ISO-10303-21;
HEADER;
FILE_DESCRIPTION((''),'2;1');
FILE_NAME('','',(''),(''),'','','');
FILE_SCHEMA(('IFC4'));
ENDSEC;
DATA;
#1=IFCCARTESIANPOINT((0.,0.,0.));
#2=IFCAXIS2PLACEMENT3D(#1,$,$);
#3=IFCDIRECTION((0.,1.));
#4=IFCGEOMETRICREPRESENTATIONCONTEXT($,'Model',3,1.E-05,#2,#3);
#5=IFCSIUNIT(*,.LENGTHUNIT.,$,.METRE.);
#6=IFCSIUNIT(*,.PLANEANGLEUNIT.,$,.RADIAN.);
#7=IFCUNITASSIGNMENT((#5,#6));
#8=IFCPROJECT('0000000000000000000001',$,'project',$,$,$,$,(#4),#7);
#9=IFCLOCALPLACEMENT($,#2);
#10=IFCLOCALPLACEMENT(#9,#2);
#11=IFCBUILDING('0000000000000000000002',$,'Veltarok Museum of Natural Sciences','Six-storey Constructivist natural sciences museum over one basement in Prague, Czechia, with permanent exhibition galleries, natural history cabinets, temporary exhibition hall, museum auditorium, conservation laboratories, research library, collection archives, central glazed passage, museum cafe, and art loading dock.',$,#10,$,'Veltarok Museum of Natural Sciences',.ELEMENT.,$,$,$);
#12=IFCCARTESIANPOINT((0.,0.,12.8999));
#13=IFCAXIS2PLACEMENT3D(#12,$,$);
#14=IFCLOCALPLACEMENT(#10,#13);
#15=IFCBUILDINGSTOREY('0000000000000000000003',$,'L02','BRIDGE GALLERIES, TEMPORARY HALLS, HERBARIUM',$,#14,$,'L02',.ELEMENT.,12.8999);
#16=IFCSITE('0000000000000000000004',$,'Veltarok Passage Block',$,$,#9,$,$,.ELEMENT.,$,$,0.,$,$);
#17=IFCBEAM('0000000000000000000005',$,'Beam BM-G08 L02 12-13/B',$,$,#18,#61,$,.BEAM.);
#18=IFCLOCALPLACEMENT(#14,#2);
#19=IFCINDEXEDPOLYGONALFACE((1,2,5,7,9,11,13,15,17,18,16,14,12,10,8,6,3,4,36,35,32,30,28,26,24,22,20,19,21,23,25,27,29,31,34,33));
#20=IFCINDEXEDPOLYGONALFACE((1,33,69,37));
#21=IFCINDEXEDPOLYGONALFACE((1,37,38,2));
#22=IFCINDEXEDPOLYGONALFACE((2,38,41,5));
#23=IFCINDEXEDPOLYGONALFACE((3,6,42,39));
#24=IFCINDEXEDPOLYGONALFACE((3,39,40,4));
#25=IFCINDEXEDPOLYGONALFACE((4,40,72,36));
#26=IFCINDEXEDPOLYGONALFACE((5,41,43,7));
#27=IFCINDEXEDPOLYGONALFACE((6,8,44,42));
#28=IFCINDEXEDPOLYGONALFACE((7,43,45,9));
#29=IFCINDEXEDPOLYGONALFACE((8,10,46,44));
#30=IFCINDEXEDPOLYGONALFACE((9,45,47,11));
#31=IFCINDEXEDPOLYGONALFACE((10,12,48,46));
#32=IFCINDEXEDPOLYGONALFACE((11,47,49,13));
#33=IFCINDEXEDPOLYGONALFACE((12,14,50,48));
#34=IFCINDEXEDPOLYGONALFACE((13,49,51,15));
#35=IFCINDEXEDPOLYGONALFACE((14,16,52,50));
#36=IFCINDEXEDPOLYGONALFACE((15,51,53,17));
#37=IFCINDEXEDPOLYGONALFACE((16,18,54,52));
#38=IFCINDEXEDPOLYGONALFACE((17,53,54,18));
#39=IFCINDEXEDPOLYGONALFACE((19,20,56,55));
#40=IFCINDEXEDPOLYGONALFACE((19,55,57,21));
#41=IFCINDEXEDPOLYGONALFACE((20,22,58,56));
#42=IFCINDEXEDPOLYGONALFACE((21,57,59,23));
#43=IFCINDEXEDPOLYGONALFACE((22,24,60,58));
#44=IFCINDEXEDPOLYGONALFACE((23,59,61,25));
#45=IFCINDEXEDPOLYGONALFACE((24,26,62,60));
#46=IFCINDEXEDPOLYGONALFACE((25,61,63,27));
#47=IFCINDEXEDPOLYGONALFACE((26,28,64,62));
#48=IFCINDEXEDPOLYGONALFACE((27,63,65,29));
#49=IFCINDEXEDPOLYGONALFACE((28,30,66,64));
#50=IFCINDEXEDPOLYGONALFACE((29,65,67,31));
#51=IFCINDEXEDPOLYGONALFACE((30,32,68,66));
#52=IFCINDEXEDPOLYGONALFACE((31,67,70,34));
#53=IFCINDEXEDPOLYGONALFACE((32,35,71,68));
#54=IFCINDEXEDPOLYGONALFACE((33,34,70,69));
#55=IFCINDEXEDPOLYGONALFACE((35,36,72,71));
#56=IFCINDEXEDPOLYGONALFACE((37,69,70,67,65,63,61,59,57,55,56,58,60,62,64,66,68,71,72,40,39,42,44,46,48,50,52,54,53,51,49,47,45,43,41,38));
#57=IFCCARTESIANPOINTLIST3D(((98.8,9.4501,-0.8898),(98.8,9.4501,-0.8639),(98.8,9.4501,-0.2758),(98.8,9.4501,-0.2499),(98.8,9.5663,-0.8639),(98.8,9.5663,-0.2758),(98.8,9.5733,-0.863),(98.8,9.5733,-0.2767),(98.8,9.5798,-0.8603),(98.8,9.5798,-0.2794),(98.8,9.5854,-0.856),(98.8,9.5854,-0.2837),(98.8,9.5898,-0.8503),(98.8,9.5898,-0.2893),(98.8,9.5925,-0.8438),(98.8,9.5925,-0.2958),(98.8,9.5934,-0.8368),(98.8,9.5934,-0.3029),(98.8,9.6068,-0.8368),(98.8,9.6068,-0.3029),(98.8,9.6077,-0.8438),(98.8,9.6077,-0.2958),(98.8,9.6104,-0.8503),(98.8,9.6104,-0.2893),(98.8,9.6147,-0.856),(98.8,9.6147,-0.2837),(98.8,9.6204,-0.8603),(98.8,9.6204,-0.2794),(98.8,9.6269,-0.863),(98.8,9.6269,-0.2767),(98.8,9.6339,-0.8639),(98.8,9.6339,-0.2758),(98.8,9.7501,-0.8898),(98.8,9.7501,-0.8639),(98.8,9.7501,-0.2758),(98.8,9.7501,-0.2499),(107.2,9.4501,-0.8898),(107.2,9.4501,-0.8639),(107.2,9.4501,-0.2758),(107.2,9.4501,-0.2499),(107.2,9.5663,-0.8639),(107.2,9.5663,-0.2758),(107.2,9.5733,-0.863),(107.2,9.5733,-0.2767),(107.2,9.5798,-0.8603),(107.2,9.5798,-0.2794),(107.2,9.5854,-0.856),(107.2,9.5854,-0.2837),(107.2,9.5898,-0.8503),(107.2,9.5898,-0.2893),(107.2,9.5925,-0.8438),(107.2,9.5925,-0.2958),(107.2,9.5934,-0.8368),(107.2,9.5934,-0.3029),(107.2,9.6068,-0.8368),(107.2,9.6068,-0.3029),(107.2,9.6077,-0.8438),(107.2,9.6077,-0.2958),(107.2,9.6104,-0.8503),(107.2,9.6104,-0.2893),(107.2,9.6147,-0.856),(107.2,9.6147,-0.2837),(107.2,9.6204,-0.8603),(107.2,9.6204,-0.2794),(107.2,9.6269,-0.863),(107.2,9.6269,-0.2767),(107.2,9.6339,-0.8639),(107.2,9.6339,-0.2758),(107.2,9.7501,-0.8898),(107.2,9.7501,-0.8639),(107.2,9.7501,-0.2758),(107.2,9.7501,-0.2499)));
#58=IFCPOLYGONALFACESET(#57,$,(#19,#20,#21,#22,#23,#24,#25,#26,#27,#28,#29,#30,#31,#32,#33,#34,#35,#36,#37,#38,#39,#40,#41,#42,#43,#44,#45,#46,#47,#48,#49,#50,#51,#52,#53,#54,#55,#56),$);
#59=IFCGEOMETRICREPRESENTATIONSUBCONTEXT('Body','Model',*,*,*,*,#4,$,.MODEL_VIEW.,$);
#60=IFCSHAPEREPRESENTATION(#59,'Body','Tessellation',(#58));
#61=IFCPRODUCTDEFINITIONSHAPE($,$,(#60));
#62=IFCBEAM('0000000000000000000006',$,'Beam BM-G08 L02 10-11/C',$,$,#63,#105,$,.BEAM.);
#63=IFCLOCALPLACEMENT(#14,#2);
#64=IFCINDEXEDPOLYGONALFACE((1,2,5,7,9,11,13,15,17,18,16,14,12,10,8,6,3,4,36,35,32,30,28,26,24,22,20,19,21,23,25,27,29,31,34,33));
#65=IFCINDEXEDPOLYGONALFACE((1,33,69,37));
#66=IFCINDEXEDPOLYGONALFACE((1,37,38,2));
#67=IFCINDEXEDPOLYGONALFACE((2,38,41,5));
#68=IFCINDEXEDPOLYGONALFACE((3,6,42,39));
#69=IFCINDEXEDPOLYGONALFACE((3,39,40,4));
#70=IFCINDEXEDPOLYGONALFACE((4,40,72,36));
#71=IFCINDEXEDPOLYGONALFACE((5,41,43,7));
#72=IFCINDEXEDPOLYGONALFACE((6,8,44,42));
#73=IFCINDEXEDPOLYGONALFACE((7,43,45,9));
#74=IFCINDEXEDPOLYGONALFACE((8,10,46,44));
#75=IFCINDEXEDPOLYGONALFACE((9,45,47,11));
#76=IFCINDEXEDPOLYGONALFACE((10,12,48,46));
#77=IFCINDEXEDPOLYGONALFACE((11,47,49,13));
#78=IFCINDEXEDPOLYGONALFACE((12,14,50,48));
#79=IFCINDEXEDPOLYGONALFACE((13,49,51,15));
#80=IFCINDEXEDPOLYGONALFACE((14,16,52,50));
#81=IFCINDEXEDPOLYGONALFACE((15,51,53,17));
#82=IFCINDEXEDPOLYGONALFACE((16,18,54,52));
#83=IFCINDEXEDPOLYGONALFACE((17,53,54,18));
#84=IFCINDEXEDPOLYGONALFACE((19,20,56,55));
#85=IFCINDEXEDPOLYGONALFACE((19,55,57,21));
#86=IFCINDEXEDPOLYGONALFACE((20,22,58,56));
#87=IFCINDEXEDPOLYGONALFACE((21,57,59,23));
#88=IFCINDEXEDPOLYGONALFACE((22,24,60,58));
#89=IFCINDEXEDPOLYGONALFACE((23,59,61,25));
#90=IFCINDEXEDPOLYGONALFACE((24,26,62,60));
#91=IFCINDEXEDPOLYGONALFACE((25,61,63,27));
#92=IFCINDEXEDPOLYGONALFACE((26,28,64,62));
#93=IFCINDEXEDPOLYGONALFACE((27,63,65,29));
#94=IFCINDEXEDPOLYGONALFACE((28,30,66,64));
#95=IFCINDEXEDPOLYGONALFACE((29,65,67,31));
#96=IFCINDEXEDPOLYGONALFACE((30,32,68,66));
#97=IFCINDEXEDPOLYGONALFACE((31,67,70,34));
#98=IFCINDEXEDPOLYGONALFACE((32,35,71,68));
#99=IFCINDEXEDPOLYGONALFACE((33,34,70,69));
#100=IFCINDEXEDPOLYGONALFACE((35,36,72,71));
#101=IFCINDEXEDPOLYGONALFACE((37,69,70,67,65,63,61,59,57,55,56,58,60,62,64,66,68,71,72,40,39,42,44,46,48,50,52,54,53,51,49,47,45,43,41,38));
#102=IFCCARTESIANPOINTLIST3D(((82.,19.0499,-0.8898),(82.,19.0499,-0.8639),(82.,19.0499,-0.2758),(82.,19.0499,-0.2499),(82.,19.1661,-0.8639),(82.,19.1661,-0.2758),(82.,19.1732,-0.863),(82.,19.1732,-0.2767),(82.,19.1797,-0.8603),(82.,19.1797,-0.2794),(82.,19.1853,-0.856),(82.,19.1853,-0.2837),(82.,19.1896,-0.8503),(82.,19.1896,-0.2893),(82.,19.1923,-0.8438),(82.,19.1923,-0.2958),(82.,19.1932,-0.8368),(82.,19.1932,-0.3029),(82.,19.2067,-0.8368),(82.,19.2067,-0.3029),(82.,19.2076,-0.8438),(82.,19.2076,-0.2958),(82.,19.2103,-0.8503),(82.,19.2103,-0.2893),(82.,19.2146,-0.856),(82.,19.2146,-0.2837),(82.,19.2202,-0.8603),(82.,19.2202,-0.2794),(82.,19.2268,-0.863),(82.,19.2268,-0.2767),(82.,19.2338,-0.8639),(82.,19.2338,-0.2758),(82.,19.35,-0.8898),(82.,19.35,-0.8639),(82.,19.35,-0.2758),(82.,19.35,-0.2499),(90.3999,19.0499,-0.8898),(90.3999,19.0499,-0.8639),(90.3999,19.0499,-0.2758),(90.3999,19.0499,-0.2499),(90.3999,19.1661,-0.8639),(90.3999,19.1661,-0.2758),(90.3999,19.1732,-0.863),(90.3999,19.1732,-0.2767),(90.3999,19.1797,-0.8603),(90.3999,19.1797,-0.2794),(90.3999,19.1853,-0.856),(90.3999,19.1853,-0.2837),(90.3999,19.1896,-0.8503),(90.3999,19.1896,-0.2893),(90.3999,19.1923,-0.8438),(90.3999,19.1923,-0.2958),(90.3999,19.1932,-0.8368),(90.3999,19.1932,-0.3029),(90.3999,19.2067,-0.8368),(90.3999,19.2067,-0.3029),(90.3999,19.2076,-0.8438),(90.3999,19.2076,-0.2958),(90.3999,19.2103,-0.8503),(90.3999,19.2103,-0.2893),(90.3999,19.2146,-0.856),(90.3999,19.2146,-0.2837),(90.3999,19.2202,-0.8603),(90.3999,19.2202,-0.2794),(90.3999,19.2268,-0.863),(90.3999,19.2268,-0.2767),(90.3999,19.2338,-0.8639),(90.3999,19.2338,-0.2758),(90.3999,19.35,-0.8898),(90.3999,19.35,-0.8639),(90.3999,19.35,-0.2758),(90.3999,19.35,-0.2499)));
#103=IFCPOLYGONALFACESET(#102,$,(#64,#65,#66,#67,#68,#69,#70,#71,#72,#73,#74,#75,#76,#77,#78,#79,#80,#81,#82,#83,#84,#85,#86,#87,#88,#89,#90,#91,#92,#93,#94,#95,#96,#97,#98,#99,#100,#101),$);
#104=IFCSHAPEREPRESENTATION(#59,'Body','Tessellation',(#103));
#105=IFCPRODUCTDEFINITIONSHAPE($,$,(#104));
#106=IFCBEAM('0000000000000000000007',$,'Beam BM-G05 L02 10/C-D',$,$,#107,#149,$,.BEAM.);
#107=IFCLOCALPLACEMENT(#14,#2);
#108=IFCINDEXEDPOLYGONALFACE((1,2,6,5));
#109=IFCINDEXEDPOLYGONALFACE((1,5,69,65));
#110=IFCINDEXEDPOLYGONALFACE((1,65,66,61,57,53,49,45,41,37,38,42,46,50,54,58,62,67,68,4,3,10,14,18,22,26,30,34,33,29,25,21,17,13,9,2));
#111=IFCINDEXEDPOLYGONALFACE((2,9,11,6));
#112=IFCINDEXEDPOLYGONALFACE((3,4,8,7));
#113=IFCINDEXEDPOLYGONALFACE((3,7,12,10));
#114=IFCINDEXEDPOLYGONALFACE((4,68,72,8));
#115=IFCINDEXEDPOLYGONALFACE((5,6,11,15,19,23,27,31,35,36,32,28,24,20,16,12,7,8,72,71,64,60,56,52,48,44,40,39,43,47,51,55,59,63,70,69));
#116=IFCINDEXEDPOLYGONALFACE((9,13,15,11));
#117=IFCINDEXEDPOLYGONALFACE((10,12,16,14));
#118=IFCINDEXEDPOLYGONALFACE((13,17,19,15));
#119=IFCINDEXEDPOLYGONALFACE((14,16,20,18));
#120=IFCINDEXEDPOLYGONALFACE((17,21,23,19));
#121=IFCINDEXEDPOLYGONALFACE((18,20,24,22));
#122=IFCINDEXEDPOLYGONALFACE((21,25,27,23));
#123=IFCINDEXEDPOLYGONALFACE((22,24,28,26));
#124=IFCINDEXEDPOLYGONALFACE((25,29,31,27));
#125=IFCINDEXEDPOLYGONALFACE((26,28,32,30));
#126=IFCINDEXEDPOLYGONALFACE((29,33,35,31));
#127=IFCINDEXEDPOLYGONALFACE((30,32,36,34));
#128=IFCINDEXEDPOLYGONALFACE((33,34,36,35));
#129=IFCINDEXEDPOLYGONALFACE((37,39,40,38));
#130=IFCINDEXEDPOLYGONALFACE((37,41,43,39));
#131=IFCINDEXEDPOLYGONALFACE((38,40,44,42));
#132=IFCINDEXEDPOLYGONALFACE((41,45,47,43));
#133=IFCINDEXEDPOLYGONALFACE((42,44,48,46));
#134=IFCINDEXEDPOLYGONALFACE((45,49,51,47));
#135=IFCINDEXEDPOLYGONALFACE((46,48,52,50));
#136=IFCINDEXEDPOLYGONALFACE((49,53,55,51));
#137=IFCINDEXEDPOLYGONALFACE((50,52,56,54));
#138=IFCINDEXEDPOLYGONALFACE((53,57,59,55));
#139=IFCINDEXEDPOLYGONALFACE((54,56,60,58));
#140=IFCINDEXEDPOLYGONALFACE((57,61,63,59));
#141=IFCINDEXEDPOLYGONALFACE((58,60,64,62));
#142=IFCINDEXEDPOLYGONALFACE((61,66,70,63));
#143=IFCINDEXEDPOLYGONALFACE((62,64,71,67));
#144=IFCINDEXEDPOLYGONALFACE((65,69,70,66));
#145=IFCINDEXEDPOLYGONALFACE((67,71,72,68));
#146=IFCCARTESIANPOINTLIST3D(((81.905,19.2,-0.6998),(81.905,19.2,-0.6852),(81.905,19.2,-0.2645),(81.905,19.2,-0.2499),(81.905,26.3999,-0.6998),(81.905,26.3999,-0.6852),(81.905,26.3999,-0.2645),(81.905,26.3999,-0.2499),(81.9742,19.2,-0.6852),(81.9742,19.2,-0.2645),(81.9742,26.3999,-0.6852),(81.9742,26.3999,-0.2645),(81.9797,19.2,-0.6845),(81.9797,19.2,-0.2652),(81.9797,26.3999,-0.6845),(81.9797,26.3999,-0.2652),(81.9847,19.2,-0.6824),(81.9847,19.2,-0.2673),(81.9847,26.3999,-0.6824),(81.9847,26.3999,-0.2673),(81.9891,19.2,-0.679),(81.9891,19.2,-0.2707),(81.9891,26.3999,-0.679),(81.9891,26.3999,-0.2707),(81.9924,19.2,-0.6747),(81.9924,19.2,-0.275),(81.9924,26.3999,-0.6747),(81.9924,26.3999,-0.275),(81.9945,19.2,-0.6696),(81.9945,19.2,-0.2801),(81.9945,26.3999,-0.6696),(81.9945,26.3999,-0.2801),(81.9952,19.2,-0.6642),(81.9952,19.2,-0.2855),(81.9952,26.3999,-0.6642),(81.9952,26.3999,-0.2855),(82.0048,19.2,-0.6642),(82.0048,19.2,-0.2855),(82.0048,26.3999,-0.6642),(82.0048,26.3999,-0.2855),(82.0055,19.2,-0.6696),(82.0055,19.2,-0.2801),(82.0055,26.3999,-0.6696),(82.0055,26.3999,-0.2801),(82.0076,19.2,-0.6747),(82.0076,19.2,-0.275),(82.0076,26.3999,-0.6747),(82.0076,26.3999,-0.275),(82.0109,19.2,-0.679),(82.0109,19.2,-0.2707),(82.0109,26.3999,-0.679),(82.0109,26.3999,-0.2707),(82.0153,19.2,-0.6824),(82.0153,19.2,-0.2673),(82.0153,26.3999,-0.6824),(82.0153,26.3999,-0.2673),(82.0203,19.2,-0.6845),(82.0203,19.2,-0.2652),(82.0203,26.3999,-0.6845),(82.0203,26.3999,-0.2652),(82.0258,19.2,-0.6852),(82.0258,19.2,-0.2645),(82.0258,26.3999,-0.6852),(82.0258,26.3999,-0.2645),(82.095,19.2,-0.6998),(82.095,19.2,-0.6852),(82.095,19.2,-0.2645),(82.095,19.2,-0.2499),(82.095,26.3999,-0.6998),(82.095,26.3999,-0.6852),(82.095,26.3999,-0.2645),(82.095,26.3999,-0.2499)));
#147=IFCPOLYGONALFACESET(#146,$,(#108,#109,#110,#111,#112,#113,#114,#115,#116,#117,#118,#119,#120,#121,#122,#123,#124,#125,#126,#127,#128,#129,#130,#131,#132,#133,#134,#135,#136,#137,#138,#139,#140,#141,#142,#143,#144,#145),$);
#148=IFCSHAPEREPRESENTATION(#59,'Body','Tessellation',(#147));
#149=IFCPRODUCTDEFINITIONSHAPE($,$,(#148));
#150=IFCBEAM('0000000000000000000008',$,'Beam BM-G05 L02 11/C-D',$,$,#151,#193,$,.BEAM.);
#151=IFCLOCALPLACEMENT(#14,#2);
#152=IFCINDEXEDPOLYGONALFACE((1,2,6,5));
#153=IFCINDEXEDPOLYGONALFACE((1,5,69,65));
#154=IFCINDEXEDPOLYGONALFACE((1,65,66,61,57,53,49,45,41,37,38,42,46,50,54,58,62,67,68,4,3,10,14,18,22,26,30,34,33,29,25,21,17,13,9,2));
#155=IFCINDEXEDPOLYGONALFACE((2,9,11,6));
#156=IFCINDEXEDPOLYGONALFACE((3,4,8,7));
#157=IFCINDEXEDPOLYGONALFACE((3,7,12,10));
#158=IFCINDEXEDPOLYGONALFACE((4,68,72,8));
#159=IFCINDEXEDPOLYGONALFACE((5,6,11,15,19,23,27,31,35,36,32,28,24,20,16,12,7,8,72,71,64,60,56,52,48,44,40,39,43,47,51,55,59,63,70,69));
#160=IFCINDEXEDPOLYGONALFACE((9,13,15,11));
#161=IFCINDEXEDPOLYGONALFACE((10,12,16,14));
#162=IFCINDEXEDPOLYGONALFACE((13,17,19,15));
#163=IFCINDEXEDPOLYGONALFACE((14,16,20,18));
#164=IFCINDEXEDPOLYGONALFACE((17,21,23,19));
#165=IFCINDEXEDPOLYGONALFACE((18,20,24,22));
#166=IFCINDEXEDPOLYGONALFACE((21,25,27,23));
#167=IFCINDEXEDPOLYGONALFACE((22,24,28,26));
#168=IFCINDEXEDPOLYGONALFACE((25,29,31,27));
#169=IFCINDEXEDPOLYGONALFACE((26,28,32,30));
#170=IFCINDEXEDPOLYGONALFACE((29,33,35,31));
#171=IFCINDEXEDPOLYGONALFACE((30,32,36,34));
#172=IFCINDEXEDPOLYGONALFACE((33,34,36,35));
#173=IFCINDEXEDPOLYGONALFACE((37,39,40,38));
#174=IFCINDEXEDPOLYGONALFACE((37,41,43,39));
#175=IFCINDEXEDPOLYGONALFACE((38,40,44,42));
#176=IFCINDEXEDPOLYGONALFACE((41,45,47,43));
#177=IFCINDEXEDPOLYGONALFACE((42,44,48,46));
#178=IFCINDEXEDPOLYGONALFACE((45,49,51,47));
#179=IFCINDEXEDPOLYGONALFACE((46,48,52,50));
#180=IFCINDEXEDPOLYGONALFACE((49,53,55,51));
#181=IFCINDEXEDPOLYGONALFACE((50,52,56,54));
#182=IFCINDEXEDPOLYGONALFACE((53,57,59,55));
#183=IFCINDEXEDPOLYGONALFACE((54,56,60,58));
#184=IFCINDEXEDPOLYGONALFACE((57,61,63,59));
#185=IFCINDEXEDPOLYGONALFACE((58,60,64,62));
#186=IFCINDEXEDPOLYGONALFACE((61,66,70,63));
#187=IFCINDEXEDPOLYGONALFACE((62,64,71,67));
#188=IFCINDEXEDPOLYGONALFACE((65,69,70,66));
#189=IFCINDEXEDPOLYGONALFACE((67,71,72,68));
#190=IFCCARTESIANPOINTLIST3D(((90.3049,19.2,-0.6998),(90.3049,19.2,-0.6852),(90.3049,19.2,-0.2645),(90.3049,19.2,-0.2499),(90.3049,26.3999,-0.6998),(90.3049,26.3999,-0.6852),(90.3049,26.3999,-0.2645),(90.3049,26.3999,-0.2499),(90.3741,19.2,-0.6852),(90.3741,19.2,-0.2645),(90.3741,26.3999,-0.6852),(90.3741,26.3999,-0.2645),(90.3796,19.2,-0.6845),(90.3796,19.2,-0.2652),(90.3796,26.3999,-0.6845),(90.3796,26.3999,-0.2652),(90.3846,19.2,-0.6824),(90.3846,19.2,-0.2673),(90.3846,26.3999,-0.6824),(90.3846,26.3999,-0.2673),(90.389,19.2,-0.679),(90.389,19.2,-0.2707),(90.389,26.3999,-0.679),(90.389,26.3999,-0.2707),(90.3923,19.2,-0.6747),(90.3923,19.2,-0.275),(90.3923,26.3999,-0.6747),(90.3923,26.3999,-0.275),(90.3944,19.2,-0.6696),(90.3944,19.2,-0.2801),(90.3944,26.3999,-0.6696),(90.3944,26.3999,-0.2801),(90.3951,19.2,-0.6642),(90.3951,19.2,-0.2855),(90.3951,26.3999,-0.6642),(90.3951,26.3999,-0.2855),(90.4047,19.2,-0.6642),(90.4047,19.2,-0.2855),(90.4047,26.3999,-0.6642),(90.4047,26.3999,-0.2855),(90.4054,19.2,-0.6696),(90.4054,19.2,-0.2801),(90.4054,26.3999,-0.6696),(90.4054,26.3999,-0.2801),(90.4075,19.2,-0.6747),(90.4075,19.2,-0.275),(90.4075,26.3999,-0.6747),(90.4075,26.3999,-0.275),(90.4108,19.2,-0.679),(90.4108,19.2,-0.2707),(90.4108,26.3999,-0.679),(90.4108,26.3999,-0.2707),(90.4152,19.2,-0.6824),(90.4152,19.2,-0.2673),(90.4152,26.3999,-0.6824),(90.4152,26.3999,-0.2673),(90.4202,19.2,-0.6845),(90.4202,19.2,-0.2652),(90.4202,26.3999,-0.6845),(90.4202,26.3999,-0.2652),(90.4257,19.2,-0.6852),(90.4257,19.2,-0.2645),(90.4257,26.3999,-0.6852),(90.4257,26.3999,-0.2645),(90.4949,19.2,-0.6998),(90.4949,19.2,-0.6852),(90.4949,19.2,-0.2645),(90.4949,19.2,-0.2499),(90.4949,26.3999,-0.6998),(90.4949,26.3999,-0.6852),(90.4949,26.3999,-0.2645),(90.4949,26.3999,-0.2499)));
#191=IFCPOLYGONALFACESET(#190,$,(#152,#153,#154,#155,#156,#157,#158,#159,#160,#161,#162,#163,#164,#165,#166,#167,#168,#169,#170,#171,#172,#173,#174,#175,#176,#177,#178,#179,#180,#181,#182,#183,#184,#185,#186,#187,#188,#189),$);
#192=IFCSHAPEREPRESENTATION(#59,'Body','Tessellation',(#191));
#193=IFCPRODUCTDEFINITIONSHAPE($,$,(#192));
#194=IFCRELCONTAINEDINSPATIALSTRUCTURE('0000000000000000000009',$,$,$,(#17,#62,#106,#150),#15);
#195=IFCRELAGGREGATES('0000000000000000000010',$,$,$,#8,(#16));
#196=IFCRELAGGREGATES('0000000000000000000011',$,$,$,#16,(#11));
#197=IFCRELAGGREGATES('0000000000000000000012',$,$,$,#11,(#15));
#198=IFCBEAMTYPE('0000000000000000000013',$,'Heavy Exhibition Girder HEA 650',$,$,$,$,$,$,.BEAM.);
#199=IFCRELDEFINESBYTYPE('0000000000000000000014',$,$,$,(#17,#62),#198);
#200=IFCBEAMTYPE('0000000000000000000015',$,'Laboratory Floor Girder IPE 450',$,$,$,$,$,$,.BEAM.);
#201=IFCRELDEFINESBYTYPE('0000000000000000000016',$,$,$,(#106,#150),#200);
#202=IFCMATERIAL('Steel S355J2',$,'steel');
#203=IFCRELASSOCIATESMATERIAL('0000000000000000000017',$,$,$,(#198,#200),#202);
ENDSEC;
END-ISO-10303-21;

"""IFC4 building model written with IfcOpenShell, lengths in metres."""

from ifc_helpers import new_model, si_unit, direction, frame, origin, origin_2d, place, context, subcontext, project, spatial, i_section, extrude, material, material_profile, profile_set, type_object, element, save


model = new_model("IFC4")

# Units and contexts
model_context = context("Model", 3, precision=1e-05, world=origin(), true_north=direction((0.0, 1.0)))
body_context = subcontext(model_context, "Body", "Model", "MODEL_VIEW")
ifc_project = project(units=[si_unit("LENGTHUNIT", "METRE"), si_unit("PLANEANGLEUNIT", "RADIAN")], contexts=[model_context])

# Site, building, storey
site_placement = place(None, origin())
site = spatial("IfcSite", under=ifc_project, at=site_placement, Name="Veltarok Passage Block", CompositionType="ELEMENT", RefElevation=0.0)
building_placement = place(site_placement, origin())
building = spatial("IfcBuilding", under=site, at=building_placement, Name="Veltarok Museum of Natural Sciences", Description="Six-storey Constructivist natural sciences museum over one basement in Prague, Czechia, with permanent exhibition galleries, natural history cabinets, temporary exhibition hall, museum auditorium, conservation laboratories, research library, collection archives, central glazed passage, museum cafe, and art loading dock.", LongName="Veltarok Museum of Natural Sciences", CompositionType="ELEMENT")
storey_placement = place(building_placement, frame((0.0, 0.0, 12.8999)))
storey = spatial("IfcBuildingStorey", under=building, at=storey_placement, Name="L02", Description="BRIDGE GALLERIES, TEMPORARY HALLS, HERBARIUM", LongName="L02", CompositionType="ELEMENT", Elevation=12.8999)

# Shared definitions
ifc_material_1 = material(Name="Steel S355J2", Category="steel")

# Beams
ifc_material_profile_1 = material_profile(ifc_material_1, i_section(OverallWidth=0.3, OverallDepth=0.6399, WebThickness=0.0134, FlangeThickness=0.0259, FilletRadius=0.0271, at=origin_2d()), Name="HEA 650")
ifc_profile_set_1 = profile_set([ifc_material_profile_1], Name="Steel S355J2")
beam_type_1 = type_object("IfcBeamType", Name="Heavy Exhibition Girder HEA 650", PredefinedType="BEAM", material=ifc_profile_set_1)
for number, where, z_axis, x_axis, name in (
    (1, (98.8, 9.6001, -0.5698), (1.0, 0.0, 0.0), (0.0, 1.0, 0.0), "Beam BM-G08 L02 12-13/B"),
    (2, (82.0, 19.2, -0.5698), (1.0, 0.0, 0.0), (0.0, 1.0, 0.0), "Beam BM-G08 L02 10-11/C"),
):
    element("IfcBeam", number, at=place(storey_placement, frame(where, z_axis=z_axis, x_axis=x_axis)), inside=storey, type_object=beam_type_1, Name=name, PredefinedType="BEAM", context=body_context, shape_type="SweptSolid", body=[
        extrude(i_section(OverallWidth=0.3, OverallDepth=0.6399, WebThickness=0.0134, FlangeThickness=0.0259, FilletRadius=0.0271, at=origin_2d()), origin(), (0.0, 0.0, 1.0), 8.3999),
    ])
ifc_material_profile_2 = material_profile(ifc_material_1, i_section(OverallWidth=0.1899, OverallDepth=0.45, WebThickness=0.0095, FlangeThickness=0.0146, FilletRadius=0.021, at=origin_2d()), Name="IPE 450")
ifc_profile_set_2 = profile_set([ifc_material_profile_2], Name="Steel S355J2")
beam_type_2 = type_object("IfcBeamType", Name="Laboratory Floor Girder IPE 450", PredefinedType="BEAM", material=ifc_profile_set_2)
for number, where, z_axis, x_axis, name in (
    (3, (82.0, 19.2, -0.4749), (0.0, 1.0, 0.0), (-1.0, 0.0, 0.0), "Beam BM-G05 L02 10/C-D"),
    (4, (90.3999, 19.2, -0.4749), (0.0, 1.0, 0.0), (-1.0, 0.0, 0.0), "Beam BM-G05 L02 11/C-D"),
):
    element("IfcBeam", number, at=place(storey_placement, frame(where, z_axis=z_axis, x_axis=x_axis)), inside=storey, type_object=beam_type_2, Name=name, PredefinedType="BEAM", context=body_context, shape_type="SweptSolid", body=[
        extrude(i_section(OverallWidth=0.1899, OverallDepth=0.45, WebThickness=0.0095, FlangeThickness=0.0146, FilletRadius=0.021, at=origin_2d()), origin(), (0.0, 0.0, 1.0), 7.2),
    ])

save(model, "model.ifc")
